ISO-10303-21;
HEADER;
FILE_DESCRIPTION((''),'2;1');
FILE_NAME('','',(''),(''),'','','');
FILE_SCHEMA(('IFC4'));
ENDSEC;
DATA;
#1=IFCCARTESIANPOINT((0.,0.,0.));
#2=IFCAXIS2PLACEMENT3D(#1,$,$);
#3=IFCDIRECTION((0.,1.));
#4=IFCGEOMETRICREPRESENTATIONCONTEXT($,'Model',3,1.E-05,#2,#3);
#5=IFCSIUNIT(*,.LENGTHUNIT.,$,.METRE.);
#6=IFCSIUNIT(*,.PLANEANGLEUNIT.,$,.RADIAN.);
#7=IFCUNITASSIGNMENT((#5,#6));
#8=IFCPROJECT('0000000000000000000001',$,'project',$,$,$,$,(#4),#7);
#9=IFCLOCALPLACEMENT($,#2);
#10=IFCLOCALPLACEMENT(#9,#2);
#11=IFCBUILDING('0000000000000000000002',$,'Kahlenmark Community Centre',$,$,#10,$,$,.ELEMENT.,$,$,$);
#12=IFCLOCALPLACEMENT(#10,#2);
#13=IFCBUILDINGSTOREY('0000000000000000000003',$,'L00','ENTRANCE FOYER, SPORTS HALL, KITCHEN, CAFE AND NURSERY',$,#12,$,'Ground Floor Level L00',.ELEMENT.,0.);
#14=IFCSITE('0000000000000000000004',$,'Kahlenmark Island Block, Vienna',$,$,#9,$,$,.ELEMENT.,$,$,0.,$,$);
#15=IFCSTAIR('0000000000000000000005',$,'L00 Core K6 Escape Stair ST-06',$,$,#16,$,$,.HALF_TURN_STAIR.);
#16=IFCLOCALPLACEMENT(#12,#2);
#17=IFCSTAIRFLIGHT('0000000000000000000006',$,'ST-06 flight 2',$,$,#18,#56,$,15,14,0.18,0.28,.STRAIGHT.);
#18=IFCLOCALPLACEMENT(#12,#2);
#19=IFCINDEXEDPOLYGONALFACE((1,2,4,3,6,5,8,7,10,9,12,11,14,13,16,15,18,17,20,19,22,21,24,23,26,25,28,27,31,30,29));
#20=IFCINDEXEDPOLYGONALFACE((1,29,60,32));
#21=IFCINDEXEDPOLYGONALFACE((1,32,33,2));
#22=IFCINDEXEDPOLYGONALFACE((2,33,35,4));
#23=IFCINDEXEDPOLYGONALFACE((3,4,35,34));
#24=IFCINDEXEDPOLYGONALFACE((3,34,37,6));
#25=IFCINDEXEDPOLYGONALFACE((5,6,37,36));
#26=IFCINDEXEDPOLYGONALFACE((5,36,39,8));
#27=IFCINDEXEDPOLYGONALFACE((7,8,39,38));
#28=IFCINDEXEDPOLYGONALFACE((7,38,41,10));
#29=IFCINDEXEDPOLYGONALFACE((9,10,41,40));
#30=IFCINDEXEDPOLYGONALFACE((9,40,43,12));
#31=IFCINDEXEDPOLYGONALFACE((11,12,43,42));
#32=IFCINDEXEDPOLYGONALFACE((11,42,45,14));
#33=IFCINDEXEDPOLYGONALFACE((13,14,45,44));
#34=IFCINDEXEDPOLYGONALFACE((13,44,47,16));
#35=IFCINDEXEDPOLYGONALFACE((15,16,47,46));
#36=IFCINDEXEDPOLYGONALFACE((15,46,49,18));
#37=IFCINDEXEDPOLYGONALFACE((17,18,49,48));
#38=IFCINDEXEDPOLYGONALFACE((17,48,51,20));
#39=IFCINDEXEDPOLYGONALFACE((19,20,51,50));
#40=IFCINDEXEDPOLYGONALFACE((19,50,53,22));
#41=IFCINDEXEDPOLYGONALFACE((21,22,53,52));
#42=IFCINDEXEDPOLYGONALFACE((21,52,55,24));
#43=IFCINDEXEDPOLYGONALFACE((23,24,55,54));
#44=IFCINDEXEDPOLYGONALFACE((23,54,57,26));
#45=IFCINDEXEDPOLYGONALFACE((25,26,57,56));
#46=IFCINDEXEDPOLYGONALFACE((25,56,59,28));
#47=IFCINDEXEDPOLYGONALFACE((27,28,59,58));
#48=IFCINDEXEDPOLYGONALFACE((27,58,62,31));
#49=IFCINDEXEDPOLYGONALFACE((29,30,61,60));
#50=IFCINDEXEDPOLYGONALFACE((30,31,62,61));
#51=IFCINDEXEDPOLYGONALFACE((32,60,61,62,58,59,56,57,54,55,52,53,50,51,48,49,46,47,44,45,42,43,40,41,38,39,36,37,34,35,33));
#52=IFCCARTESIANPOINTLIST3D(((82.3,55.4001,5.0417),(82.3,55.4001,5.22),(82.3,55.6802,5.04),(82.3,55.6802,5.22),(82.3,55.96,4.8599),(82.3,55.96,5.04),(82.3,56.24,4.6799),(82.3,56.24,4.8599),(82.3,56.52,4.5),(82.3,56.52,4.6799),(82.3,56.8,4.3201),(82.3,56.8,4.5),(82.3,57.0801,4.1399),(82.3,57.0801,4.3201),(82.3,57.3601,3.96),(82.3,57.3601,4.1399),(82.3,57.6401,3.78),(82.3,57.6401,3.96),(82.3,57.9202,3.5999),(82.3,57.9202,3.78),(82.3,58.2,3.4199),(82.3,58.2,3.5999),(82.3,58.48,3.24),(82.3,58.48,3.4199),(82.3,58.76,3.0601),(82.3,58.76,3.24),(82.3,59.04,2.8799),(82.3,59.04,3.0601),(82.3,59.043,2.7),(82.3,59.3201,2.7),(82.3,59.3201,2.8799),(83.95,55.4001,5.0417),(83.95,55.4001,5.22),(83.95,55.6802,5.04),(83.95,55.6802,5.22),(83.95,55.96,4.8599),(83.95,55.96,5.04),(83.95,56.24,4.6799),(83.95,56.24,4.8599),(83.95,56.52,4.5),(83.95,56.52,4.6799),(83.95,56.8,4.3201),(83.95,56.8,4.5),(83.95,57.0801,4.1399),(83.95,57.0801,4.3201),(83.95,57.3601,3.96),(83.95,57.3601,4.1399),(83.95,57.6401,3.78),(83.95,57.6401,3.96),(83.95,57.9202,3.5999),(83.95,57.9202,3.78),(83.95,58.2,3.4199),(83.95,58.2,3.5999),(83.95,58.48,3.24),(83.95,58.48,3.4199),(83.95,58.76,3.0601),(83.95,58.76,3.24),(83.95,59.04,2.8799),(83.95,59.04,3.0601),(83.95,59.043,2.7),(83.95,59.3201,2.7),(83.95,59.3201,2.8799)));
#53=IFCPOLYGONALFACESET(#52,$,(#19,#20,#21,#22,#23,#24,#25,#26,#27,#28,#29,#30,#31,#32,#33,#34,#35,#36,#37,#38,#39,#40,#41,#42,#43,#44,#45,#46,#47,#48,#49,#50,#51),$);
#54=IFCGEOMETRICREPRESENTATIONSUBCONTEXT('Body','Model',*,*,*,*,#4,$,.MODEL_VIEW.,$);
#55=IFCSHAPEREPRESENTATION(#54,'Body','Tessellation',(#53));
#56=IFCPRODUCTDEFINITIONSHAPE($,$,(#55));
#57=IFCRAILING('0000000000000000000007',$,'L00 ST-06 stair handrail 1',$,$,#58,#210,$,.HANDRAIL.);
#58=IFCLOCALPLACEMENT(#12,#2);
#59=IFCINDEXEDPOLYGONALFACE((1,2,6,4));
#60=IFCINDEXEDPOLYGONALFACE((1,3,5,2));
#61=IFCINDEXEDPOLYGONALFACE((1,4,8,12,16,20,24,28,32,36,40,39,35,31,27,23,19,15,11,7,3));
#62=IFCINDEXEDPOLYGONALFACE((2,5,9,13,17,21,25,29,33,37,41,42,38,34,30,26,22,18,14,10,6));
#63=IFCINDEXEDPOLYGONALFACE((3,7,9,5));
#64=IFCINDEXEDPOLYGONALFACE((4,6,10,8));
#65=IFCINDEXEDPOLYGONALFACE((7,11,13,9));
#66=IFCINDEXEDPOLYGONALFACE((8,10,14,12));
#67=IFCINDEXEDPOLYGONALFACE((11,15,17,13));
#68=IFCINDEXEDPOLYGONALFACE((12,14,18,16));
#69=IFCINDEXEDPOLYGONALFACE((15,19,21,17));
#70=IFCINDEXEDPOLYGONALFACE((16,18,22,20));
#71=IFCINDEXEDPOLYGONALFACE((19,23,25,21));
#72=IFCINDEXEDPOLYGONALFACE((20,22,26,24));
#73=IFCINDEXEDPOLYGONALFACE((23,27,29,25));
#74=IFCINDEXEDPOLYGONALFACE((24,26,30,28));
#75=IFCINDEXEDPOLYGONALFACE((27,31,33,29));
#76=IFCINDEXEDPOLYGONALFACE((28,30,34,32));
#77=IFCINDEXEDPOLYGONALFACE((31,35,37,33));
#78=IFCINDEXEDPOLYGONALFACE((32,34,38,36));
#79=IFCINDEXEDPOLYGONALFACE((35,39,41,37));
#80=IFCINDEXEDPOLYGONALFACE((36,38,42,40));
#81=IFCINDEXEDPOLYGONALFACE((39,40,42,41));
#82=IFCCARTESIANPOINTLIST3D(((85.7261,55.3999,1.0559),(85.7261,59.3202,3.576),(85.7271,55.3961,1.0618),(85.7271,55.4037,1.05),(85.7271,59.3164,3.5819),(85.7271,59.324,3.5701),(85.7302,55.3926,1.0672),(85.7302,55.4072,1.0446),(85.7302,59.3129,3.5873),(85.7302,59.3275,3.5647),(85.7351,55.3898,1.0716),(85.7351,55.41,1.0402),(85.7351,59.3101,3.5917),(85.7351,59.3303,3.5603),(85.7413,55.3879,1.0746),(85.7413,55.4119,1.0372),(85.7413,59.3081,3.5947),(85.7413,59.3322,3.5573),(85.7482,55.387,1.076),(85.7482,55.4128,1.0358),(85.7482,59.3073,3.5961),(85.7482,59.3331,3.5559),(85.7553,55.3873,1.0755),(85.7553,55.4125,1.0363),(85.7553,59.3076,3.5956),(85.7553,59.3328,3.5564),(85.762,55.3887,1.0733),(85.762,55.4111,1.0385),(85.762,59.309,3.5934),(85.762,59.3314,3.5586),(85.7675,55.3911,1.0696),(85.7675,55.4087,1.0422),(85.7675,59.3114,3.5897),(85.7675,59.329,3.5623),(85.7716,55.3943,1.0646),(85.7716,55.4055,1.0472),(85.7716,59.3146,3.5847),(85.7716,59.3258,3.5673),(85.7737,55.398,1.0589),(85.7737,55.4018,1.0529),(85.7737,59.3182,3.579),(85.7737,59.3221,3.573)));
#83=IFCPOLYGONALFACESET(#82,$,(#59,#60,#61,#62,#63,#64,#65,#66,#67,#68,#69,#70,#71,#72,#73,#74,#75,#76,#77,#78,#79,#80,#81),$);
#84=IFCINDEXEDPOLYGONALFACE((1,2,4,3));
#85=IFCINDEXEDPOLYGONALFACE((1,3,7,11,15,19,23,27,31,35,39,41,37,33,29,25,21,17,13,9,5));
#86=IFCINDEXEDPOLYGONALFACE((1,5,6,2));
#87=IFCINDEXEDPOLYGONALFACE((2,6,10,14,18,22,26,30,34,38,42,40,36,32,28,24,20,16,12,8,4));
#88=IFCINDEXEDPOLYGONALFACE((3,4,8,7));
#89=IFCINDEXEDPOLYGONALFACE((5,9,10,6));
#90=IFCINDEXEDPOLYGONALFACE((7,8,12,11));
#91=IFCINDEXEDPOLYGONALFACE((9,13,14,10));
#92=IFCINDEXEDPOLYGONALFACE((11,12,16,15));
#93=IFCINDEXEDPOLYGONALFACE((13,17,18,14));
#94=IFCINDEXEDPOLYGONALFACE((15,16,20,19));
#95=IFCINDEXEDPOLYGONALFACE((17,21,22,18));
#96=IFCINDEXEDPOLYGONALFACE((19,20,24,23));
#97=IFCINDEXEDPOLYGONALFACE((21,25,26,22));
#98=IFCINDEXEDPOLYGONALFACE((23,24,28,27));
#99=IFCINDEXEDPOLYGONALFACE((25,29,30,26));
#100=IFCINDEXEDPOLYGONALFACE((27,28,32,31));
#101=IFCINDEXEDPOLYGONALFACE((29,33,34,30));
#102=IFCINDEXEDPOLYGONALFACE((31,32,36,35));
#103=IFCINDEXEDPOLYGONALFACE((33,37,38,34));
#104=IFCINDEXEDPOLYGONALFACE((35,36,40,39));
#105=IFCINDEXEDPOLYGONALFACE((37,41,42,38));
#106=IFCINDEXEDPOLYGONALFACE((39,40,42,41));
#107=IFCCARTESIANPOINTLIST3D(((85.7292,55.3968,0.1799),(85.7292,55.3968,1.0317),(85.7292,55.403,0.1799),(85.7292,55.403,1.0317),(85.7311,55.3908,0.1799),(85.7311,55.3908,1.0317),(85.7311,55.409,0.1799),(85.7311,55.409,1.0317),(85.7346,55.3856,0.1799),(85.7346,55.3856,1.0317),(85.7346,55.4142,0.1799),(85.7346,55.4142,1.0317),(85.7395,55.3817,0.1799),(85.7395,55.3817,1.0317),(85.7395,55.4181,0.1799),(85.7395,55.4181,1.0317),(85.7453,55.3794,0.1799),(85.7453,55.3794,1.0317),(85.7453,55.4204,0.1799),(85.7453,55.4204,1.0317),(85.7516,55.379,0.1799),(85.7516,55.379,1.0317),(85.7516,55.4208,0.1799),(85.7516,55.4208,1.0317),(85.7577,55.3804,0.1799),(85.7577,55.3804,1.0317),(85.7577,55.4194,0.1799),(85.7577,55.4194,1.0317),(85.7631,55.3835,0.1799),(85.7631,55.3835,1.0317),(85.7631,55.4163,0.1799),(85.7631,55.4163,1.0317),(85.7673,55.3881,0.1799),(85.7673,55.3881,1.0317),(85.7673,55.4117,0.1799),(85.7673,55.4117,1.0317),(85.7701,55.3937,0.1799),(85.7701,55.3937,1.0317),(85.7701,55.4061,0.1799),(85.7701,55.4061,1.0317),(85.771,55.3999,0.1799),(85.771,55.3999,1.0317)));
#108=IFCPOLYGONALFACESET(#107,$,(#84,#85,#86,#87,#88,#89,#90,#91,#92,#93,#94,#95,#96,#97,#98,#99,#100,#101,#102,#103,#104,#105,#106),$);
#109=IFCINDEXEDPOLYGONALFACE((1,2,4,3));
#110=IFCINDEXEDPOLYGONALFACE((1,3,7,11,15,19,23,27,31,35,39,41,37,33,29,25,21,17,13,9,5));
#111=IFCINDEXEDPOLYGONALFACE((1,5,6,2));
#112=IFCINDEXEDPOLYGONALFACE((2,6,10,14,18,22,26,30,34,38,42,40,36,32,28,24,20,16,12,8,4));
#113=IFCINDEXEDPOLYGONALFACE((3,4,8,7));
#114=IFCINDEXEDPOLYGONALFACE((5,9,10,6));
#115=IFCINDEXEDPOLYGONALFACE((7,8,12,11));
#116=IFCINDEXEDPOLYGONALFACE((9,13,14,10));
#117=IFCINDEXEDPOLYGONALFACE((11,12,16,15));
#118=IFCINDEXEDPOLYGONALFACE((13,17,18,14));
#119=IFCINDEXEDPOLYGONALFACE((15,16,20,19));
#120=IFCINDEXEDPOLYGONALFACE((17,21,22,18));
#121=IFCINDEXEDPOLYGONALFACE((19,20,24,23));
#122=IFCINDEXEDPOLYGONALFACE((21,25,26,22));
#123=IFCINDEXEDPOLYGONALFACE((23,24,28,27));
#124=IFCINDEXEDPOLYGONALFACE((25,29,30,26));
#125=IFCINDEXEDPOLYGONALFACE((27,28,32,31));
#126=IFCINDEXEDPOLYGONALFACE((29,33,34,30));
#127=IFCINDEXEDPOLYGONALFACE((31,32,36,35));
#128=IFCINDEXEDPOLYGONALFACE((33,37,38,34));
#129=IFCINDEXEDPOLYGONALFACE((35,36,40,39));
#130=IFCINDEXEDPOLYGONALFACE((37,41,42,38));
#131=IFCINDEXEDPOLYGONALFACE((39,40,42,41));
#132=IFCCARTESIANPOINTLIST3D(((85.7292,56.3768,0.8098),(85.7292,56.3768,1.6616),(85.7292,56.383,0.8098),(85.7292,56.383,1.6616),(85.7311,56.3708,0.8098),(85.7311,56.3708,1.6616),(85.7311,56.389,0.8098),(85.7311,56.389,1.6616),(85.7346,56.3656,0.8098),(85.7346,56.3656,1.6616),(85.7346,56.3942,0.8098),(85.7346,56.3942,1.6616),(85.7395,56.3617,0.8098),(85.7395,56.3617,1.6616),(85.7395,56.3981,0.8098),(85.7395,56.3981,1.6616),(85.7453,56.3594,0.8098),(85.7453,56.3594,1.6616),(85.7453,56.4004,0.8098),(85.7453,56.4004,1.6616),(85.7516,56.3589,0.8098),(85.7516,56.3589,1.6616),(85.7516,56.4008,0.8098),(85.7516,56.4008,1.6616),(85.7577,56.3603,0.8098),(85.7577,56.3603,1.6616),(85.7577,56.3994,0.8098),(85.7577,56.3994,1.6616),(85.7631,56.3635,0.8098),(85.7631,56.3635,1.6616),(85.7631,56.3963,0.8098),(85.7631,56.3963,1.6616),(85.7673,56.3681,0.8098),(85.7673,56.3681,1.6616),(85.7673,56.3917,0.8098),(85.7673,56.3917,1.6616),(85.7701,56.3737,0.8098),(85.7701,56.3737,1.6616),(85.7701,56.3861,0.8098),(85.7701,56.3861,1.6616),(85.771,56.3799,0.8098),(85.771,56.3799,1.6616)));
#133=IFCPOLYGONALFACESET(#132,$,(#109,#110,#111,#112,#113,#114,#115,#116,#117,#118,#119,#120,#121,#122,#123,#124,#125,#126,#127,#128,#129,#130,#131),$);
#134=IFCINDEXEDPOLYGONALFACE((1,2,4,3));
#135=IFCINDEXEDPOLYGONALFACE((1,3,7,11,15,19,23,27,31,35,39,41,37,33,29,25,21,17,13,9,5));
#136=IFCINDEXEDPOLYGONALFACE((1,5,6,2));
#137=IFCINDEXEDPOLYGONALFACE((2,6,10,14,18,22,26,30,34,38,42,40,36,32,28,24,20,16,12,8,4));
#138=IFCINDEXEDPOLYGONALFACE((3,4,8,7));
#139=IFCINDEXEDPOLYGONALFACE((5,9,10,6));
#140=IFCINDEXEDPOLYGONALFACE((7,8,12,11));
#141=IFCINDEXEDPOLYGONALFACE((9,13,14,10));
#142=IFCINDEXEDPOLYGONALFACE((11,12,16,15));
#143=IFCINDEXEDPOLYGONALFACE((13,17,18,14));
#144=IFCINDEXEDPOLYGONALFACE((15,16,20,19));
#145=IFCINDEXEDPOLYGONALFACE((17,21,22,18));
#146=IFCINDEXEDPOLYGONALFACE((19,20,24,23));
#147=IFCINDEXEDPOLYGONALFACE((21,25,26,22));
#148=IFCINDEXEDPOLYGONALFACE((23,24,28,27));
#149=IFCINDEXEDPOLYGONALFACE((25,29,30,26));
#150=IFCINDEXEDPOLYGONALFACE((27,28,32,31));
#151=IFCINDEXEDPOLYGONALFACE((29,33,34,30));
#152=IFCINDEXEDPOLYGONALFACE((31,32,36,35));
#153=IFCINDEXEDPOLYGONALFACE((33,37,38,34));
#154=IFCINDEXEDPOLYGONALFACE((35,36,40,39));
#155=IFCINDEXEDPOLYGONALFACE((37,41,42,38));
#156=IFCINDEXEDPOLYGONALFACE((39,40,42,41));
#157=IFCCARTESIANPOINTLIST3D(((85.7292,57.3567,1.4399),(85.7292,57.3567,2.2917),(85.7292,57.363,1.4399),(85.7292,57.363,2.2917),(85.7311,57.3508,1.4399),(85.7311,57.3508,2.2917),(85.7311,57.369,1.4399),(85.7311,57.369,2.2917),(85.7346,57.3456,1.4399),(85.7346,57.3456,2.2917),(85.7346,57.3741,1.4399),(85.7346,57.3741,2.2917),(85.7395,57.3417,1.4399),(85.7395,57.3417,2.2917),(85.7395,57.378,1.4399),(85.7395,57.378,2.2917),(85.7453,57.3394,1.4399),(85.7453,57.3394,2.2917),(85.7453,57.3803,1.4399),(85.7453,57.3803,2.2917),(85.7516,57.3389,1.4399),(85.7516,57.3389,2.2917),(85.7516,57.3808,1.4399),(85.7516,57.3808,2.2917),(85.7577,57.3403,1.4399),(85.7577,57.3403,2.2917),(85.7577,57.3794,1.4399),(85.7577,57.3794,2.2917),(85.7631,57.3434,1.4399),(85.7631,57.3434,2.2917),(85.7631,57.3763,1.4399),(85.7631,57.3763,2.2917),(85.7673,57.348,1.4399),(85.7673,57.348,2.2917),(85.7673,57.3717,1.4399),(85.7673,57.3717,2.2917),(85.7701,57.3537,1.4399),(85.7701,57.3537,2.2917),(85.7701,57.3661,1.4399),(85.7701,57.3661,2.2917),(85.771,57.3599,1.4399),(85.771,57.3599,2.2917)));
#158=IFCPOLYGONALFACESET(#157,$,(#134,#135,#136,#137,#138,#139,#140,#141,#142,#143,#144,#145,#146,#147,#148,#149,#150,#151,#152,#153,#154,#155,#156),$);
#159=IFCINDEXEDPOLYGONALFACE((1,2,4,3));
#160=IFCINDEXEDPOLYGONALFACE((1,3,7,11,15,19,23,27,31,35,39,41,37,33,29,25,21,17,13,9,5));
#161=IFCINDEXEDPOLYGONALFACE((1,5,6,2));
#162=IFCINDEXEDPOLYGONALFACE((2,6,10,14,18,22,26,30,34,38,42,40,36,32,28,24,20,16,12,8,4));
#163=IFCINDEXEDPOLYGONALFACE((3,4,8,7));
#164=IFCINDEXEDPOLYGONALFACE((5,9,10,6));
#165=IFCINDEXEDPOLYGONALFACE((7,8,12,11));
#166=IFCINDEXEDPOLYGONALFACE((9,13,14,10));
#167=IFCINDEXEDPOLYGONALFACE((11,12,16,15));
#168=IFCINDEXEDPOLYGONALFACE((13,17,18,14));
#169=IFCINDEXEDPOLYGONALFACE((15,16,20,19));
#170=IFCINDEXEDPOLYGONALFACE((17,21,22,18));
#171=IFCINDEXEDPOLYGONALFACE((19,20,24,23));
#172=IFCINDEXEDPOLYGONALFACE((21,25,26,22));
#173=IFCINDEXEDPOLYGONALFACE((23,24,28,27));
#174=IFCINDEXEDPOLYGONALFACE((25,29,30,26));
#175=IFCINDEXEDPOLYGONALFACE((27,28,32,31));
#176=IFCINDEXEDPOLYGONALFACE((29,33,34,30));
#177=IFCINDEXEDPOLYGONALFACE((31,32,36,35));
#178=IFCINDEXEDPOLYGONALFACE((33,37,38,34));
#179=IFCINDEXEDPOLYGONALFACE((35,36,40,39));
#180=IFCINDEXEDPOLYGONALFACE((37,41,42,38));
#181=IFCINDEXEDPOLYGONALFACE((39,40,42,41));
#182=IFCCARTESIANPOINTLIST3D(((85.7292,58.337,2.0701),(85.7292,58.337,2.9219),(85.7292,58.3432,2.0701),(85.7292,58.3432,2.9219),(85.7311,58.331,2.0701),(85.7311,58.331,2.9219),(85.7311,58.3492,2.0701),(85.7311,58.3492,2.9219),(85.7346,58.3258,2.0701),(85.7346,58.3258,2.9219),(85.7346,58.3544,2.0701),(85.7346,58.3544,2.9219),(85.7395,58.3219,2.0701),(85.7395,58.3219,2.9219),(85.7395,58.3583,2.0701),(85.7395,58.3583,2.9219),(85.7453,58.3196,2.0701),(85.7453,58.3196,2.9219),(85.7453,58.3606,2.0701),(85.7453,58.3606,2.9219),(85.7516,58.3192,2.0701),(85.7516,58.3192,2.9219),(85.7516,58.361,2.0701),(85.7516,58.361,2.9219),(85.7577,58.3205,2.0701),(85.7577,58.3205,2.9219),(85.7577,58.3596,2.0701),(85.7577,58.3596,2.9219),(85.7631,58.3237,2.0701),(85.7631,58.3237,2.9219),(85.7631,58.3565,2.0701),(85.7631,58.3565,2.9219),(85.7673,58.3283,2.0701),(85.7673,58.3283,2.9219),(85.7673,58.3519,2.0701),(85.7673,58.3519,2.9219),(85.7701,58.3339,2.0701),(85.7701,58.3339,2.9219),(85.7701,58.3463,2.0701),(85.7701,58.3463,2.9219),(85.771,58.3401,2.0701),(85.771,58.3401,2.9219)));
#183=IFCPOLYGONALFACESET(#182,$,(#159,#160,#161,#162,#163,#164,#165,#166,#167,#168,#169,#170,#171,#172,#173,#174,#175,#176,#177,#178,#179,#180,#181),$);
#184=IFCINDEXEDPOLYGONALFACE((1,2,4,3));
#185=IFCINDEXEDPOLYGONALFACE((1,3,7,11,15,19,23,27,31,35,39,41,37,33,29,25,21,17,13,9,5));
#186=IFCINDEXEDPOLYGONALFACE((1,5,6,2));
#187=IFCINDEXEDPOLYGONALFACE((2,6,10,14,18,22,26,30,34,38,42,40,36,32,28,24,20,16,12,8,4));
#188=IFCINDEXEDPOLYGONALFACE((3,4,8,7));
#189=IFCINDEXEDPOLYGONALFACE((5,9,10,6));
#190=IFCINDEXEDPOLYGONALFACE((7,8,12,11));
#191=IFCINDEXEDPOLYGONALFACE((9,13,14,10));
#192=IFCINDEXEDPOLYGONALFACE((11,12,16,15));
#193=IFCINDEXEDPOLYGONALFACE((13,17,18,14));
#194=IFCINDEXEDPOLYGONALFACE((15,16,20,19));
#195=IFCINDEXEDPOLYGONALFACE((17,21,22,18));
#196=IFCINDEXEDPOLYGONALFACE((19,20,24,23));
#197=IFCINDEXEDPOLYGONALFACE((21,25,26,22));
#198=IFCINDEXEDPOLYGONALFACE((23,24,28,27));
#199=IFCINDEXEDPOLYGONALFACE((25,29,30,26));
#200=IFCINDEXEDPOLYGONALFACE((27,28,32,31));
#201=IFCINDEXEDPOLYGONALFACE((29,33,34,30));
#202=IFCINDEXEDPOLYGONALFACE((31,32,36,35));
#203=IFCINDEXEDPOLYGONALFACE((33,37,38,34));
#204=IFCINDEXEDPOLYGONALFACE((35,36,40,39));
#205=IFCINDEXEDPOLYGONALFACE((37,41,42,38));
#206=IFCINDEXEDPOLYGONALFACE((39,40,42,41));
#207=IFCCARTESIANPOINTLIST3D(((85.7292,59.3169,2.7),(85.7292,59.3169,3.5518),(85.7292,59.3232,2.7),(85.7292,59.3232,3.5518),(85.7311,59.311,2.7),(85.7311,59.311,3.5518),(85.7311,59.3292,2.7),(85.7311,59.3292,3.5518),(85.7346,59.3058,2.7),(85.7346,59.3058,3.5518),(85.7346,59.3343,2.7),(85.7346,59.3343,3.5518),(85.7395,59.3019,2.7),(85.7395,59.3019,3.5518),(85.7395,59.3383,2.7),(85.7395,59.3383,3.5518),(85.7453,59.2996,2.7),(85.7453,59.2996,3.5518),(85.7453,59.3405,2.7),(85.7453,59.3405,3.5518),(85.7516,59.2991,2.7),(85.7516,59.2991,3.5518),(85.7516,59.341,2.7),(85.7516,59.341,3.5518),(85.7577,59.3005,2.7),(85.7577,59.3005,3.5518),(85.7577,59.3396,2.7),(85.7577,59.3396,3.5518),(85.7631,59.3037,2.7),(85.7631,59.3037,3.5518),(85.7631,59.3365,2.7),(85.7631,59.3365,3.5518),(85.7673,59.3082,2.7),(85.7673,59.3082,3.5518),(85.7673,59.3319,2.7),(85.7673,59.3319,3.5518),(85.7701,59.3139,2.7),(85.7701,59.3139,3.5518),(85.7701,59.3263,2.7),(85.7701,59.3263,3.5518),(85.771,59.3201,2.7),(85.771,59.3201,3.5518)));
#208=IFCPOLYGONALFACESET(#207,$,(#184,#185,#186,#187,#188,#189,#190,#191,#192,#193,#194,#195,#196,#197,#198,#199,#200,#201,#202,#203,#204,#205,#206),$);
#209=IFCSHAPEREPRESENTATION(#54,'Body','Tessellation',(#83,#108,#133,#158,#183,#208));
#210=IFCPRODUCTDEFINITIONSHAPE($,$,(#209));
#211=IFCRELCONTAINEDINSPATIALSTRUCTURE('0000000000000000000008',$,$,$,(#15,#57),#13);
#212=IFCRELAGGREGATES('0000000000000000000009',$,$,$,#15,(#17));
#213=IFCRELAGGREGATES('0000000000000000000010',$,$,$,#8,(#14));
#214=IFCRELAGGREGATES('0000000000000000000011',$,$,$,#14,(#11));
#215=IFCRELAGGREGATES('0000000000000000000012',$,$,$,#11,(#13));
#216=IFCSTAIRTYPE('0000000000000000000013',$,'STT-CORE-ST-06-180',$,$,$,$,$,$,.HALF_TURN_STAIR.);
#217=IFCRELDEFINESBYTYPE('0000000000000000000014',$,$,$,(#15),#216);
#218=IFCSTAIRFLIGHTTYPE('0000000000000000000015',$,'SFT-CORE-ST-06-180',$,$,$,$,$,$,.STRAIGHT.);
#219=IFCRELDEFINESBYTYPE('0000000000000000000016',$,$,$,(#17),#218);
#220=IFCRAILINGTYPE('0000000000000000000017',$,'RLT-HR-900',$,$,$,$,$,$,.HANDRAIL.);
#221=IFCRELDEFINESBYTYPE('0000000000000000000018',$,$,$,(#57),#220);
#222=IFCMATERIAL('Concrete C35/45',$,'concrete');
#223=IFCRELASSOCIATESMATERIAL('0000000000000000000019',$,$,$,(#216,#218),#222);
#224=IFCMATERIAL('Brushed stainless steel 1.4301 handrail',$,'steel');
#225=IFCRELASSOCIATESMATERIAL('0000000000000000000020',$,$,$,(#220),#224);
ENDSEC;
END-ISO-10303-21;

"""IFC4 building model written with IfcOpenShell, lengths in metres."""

from ifc_helpers import new_model, si_unit, direction, frame, origin, origin_2d, place, context, subcontext, project, spatial, polyline, circle, outline, extrude, material, type_object, element, aggregate, save


model = new_model("IFC4")

# Units and contexts
model_context = context("Model", 3, precision=1e-05, world=origin(), true_north=direction((0.0, 1.0)))
body_context = subcontext(model_context, "Body", "Model", "MODEL_VIEW")
ifc_project = project(units=[si_unit("LENGTHUNIT", "METRE"), si_unit("PLANEANGLEUNIT", "RADIAN")], contexts=[model_context])

# Site, building, storey
site_placement = place(None, origin())
site = spatial("IfcSite", under=ifc_project, at=site_placement, Name="Kahlenmark Island Block, Vienna", CompositionType="ELEMENT", RefElevation=0.0)
building_placement = place(site_placement, origin())
building = spatial("IfcBuilding", under=site, at=building_placement, Name="Kahlenmark Community Centre", CompositionType="ELEMENT")
storey_placement = place(building_placement, origin())
storey = spatial("IfcBuildingStorey", under=building, at=storey_placement, Name="L00", Description="ENTRANCE FOYER, SPORTS HALL, KITCHEN, CAFE AND NURSERY", LongName="Ground Floor Level L00", CompositionType="ELEMENT", Elevation=0.0)

# Shared definitions
ifc_material_1 = material(Name="Concrete C35/45", Category="concrete")

# Stair, stair flight
stair_type = type_object("IfcStairType", Name="STT-CORE-ST-06-180", PredefinedType="HALF_TURN_STAIR", material=ifc_material_1)
stair_placement = place(storey_placement, origin())
stair = element("IfcStair", 1, at=stair_placement, inside=storey, type_object=stair_type, Name="L00 Core K6 Escape Stair ST-06", PredefinedType="HALF_TURN_STAIR")
stair_flight_type = type_object("IfcStairFlightType", Name="SFT-CORE-ST-06-180", PredefinedType="STRAIGHT", material=ifc_material_1)
stair_flight_1_placement = place(storey_placement, frame((83.125, 59.3201, 2.7), z_axis=(0.0, 0.0, 1.0), x_axis=(0.0, -1.0, 0.0)))
stair_flight_1 = element("IfcStairFlight", 2, at=stair_flight_1_placement, type_object=stair_flight_type, Name="ST-06 flight 2", NumberOfRisers=15, NumberOfTreads=14, PredefinedType="STRAIGHT", RiserHeight=0.18, TreadLength=0.28, context=body_context, shape_type="SweptSolid", body=[
    extrude(outline(polyline([(0.0, 0.0), (0.0, 0.1799), (0.28, 0.1799), (0.28, 0.3601), (0.5601, 0.3601), (0.5601, 0.54), (0.8401, 0.54), (0.8401, 0.72), (1.1201, 0.72), (1.1201, 0.8999), (1.3999, 0.8999), (1.3999, 1.0801), (1.6799, 1.0801), (1.6799, 1.26), (1.96, 1.26), (1.96, 1.4399), (2.24, 1.4399), (2.24, 1.6201), (2.52, 1.6201), (2.52, 1.8), (2.8, 1.8), (2.8, 1.98), (3.0801, 1.98), (3.0801, 2.1599), (3.3601, 2.1599), (3.3601, 2.3401), (3.6399, 2.3401), (3.6399, 2.52), (3.9199, 2.52), (3.9199, 2.7), (3.9199, 2.3418), (0.2771, 0.0), (0.0, 0.0)])), frame((0.0, 0.825, 0.0), z_axis=(0.0, -1.0, 0.0), x_axis=(1.0, 0.0, 0.0)), (0.0, 0.0, 1.0), 1.6499),
])
aggregate(stair, [stair_flight_1])

# Railing
ifc_material_2 = material(Name="Brushed stainless steel 1.4301 handrail", Category="steel")
railing_type_1 = type_object("IfcRailingType", Name="RLT-HR-900", PredefinedType="HANDRAIL", material=ifc_material_2)
railing_1_placement = place(storey_placement, frame((85.75, 55.3999, 0.1799)))
element("IfcRailing", 3, at=railing_1_placement, inside=storey, type_object=railing_type_1, Name="L00 ST-06 stair handrail 1", PredefinedType="HANDRAIL", context=body_context, shape_type="SweptSolid", body=[
    extrude(circle(Radius=0.0239, at=origin_2d()), frame((0.0, 0.0, 0.876), z_axis=(0.0, 0.841187, 0.540744), x_axis=(-1.0, 0.0, 0.0)), (0.0, 0.0, 1.0), 4.6604),
    extrude(circle(Radius=0.021, at=origin_2d()), origin(), (0.0, 0.0, 1.0), 0.8518),
    extrude(circle(Radius=0.021, at=origin_2d()), frame((0.0, 0.98, 0.6299)), (0.0, 0.0, 1.0), 0.8518),
    extrude(circle(Radius=0.021, at=origin_2d()), frame((0.0, 1.96, 1.26)), (0.0, 0.0, 1.0), 0.8518),
    extrude(circle(Radius=0.021, at=origin_2d()), frame((0.0, 2.9402, 1.8901)), (0.0, 0.0, 1.0), 0.8518),
    extrude(circle(Radius=0.021, at=origin_2d()), frame((0.0, 3.9202, 2.52)), (0.0, 0.0, 1.0), 0.8518),
])

save(model, "model.ifc")
